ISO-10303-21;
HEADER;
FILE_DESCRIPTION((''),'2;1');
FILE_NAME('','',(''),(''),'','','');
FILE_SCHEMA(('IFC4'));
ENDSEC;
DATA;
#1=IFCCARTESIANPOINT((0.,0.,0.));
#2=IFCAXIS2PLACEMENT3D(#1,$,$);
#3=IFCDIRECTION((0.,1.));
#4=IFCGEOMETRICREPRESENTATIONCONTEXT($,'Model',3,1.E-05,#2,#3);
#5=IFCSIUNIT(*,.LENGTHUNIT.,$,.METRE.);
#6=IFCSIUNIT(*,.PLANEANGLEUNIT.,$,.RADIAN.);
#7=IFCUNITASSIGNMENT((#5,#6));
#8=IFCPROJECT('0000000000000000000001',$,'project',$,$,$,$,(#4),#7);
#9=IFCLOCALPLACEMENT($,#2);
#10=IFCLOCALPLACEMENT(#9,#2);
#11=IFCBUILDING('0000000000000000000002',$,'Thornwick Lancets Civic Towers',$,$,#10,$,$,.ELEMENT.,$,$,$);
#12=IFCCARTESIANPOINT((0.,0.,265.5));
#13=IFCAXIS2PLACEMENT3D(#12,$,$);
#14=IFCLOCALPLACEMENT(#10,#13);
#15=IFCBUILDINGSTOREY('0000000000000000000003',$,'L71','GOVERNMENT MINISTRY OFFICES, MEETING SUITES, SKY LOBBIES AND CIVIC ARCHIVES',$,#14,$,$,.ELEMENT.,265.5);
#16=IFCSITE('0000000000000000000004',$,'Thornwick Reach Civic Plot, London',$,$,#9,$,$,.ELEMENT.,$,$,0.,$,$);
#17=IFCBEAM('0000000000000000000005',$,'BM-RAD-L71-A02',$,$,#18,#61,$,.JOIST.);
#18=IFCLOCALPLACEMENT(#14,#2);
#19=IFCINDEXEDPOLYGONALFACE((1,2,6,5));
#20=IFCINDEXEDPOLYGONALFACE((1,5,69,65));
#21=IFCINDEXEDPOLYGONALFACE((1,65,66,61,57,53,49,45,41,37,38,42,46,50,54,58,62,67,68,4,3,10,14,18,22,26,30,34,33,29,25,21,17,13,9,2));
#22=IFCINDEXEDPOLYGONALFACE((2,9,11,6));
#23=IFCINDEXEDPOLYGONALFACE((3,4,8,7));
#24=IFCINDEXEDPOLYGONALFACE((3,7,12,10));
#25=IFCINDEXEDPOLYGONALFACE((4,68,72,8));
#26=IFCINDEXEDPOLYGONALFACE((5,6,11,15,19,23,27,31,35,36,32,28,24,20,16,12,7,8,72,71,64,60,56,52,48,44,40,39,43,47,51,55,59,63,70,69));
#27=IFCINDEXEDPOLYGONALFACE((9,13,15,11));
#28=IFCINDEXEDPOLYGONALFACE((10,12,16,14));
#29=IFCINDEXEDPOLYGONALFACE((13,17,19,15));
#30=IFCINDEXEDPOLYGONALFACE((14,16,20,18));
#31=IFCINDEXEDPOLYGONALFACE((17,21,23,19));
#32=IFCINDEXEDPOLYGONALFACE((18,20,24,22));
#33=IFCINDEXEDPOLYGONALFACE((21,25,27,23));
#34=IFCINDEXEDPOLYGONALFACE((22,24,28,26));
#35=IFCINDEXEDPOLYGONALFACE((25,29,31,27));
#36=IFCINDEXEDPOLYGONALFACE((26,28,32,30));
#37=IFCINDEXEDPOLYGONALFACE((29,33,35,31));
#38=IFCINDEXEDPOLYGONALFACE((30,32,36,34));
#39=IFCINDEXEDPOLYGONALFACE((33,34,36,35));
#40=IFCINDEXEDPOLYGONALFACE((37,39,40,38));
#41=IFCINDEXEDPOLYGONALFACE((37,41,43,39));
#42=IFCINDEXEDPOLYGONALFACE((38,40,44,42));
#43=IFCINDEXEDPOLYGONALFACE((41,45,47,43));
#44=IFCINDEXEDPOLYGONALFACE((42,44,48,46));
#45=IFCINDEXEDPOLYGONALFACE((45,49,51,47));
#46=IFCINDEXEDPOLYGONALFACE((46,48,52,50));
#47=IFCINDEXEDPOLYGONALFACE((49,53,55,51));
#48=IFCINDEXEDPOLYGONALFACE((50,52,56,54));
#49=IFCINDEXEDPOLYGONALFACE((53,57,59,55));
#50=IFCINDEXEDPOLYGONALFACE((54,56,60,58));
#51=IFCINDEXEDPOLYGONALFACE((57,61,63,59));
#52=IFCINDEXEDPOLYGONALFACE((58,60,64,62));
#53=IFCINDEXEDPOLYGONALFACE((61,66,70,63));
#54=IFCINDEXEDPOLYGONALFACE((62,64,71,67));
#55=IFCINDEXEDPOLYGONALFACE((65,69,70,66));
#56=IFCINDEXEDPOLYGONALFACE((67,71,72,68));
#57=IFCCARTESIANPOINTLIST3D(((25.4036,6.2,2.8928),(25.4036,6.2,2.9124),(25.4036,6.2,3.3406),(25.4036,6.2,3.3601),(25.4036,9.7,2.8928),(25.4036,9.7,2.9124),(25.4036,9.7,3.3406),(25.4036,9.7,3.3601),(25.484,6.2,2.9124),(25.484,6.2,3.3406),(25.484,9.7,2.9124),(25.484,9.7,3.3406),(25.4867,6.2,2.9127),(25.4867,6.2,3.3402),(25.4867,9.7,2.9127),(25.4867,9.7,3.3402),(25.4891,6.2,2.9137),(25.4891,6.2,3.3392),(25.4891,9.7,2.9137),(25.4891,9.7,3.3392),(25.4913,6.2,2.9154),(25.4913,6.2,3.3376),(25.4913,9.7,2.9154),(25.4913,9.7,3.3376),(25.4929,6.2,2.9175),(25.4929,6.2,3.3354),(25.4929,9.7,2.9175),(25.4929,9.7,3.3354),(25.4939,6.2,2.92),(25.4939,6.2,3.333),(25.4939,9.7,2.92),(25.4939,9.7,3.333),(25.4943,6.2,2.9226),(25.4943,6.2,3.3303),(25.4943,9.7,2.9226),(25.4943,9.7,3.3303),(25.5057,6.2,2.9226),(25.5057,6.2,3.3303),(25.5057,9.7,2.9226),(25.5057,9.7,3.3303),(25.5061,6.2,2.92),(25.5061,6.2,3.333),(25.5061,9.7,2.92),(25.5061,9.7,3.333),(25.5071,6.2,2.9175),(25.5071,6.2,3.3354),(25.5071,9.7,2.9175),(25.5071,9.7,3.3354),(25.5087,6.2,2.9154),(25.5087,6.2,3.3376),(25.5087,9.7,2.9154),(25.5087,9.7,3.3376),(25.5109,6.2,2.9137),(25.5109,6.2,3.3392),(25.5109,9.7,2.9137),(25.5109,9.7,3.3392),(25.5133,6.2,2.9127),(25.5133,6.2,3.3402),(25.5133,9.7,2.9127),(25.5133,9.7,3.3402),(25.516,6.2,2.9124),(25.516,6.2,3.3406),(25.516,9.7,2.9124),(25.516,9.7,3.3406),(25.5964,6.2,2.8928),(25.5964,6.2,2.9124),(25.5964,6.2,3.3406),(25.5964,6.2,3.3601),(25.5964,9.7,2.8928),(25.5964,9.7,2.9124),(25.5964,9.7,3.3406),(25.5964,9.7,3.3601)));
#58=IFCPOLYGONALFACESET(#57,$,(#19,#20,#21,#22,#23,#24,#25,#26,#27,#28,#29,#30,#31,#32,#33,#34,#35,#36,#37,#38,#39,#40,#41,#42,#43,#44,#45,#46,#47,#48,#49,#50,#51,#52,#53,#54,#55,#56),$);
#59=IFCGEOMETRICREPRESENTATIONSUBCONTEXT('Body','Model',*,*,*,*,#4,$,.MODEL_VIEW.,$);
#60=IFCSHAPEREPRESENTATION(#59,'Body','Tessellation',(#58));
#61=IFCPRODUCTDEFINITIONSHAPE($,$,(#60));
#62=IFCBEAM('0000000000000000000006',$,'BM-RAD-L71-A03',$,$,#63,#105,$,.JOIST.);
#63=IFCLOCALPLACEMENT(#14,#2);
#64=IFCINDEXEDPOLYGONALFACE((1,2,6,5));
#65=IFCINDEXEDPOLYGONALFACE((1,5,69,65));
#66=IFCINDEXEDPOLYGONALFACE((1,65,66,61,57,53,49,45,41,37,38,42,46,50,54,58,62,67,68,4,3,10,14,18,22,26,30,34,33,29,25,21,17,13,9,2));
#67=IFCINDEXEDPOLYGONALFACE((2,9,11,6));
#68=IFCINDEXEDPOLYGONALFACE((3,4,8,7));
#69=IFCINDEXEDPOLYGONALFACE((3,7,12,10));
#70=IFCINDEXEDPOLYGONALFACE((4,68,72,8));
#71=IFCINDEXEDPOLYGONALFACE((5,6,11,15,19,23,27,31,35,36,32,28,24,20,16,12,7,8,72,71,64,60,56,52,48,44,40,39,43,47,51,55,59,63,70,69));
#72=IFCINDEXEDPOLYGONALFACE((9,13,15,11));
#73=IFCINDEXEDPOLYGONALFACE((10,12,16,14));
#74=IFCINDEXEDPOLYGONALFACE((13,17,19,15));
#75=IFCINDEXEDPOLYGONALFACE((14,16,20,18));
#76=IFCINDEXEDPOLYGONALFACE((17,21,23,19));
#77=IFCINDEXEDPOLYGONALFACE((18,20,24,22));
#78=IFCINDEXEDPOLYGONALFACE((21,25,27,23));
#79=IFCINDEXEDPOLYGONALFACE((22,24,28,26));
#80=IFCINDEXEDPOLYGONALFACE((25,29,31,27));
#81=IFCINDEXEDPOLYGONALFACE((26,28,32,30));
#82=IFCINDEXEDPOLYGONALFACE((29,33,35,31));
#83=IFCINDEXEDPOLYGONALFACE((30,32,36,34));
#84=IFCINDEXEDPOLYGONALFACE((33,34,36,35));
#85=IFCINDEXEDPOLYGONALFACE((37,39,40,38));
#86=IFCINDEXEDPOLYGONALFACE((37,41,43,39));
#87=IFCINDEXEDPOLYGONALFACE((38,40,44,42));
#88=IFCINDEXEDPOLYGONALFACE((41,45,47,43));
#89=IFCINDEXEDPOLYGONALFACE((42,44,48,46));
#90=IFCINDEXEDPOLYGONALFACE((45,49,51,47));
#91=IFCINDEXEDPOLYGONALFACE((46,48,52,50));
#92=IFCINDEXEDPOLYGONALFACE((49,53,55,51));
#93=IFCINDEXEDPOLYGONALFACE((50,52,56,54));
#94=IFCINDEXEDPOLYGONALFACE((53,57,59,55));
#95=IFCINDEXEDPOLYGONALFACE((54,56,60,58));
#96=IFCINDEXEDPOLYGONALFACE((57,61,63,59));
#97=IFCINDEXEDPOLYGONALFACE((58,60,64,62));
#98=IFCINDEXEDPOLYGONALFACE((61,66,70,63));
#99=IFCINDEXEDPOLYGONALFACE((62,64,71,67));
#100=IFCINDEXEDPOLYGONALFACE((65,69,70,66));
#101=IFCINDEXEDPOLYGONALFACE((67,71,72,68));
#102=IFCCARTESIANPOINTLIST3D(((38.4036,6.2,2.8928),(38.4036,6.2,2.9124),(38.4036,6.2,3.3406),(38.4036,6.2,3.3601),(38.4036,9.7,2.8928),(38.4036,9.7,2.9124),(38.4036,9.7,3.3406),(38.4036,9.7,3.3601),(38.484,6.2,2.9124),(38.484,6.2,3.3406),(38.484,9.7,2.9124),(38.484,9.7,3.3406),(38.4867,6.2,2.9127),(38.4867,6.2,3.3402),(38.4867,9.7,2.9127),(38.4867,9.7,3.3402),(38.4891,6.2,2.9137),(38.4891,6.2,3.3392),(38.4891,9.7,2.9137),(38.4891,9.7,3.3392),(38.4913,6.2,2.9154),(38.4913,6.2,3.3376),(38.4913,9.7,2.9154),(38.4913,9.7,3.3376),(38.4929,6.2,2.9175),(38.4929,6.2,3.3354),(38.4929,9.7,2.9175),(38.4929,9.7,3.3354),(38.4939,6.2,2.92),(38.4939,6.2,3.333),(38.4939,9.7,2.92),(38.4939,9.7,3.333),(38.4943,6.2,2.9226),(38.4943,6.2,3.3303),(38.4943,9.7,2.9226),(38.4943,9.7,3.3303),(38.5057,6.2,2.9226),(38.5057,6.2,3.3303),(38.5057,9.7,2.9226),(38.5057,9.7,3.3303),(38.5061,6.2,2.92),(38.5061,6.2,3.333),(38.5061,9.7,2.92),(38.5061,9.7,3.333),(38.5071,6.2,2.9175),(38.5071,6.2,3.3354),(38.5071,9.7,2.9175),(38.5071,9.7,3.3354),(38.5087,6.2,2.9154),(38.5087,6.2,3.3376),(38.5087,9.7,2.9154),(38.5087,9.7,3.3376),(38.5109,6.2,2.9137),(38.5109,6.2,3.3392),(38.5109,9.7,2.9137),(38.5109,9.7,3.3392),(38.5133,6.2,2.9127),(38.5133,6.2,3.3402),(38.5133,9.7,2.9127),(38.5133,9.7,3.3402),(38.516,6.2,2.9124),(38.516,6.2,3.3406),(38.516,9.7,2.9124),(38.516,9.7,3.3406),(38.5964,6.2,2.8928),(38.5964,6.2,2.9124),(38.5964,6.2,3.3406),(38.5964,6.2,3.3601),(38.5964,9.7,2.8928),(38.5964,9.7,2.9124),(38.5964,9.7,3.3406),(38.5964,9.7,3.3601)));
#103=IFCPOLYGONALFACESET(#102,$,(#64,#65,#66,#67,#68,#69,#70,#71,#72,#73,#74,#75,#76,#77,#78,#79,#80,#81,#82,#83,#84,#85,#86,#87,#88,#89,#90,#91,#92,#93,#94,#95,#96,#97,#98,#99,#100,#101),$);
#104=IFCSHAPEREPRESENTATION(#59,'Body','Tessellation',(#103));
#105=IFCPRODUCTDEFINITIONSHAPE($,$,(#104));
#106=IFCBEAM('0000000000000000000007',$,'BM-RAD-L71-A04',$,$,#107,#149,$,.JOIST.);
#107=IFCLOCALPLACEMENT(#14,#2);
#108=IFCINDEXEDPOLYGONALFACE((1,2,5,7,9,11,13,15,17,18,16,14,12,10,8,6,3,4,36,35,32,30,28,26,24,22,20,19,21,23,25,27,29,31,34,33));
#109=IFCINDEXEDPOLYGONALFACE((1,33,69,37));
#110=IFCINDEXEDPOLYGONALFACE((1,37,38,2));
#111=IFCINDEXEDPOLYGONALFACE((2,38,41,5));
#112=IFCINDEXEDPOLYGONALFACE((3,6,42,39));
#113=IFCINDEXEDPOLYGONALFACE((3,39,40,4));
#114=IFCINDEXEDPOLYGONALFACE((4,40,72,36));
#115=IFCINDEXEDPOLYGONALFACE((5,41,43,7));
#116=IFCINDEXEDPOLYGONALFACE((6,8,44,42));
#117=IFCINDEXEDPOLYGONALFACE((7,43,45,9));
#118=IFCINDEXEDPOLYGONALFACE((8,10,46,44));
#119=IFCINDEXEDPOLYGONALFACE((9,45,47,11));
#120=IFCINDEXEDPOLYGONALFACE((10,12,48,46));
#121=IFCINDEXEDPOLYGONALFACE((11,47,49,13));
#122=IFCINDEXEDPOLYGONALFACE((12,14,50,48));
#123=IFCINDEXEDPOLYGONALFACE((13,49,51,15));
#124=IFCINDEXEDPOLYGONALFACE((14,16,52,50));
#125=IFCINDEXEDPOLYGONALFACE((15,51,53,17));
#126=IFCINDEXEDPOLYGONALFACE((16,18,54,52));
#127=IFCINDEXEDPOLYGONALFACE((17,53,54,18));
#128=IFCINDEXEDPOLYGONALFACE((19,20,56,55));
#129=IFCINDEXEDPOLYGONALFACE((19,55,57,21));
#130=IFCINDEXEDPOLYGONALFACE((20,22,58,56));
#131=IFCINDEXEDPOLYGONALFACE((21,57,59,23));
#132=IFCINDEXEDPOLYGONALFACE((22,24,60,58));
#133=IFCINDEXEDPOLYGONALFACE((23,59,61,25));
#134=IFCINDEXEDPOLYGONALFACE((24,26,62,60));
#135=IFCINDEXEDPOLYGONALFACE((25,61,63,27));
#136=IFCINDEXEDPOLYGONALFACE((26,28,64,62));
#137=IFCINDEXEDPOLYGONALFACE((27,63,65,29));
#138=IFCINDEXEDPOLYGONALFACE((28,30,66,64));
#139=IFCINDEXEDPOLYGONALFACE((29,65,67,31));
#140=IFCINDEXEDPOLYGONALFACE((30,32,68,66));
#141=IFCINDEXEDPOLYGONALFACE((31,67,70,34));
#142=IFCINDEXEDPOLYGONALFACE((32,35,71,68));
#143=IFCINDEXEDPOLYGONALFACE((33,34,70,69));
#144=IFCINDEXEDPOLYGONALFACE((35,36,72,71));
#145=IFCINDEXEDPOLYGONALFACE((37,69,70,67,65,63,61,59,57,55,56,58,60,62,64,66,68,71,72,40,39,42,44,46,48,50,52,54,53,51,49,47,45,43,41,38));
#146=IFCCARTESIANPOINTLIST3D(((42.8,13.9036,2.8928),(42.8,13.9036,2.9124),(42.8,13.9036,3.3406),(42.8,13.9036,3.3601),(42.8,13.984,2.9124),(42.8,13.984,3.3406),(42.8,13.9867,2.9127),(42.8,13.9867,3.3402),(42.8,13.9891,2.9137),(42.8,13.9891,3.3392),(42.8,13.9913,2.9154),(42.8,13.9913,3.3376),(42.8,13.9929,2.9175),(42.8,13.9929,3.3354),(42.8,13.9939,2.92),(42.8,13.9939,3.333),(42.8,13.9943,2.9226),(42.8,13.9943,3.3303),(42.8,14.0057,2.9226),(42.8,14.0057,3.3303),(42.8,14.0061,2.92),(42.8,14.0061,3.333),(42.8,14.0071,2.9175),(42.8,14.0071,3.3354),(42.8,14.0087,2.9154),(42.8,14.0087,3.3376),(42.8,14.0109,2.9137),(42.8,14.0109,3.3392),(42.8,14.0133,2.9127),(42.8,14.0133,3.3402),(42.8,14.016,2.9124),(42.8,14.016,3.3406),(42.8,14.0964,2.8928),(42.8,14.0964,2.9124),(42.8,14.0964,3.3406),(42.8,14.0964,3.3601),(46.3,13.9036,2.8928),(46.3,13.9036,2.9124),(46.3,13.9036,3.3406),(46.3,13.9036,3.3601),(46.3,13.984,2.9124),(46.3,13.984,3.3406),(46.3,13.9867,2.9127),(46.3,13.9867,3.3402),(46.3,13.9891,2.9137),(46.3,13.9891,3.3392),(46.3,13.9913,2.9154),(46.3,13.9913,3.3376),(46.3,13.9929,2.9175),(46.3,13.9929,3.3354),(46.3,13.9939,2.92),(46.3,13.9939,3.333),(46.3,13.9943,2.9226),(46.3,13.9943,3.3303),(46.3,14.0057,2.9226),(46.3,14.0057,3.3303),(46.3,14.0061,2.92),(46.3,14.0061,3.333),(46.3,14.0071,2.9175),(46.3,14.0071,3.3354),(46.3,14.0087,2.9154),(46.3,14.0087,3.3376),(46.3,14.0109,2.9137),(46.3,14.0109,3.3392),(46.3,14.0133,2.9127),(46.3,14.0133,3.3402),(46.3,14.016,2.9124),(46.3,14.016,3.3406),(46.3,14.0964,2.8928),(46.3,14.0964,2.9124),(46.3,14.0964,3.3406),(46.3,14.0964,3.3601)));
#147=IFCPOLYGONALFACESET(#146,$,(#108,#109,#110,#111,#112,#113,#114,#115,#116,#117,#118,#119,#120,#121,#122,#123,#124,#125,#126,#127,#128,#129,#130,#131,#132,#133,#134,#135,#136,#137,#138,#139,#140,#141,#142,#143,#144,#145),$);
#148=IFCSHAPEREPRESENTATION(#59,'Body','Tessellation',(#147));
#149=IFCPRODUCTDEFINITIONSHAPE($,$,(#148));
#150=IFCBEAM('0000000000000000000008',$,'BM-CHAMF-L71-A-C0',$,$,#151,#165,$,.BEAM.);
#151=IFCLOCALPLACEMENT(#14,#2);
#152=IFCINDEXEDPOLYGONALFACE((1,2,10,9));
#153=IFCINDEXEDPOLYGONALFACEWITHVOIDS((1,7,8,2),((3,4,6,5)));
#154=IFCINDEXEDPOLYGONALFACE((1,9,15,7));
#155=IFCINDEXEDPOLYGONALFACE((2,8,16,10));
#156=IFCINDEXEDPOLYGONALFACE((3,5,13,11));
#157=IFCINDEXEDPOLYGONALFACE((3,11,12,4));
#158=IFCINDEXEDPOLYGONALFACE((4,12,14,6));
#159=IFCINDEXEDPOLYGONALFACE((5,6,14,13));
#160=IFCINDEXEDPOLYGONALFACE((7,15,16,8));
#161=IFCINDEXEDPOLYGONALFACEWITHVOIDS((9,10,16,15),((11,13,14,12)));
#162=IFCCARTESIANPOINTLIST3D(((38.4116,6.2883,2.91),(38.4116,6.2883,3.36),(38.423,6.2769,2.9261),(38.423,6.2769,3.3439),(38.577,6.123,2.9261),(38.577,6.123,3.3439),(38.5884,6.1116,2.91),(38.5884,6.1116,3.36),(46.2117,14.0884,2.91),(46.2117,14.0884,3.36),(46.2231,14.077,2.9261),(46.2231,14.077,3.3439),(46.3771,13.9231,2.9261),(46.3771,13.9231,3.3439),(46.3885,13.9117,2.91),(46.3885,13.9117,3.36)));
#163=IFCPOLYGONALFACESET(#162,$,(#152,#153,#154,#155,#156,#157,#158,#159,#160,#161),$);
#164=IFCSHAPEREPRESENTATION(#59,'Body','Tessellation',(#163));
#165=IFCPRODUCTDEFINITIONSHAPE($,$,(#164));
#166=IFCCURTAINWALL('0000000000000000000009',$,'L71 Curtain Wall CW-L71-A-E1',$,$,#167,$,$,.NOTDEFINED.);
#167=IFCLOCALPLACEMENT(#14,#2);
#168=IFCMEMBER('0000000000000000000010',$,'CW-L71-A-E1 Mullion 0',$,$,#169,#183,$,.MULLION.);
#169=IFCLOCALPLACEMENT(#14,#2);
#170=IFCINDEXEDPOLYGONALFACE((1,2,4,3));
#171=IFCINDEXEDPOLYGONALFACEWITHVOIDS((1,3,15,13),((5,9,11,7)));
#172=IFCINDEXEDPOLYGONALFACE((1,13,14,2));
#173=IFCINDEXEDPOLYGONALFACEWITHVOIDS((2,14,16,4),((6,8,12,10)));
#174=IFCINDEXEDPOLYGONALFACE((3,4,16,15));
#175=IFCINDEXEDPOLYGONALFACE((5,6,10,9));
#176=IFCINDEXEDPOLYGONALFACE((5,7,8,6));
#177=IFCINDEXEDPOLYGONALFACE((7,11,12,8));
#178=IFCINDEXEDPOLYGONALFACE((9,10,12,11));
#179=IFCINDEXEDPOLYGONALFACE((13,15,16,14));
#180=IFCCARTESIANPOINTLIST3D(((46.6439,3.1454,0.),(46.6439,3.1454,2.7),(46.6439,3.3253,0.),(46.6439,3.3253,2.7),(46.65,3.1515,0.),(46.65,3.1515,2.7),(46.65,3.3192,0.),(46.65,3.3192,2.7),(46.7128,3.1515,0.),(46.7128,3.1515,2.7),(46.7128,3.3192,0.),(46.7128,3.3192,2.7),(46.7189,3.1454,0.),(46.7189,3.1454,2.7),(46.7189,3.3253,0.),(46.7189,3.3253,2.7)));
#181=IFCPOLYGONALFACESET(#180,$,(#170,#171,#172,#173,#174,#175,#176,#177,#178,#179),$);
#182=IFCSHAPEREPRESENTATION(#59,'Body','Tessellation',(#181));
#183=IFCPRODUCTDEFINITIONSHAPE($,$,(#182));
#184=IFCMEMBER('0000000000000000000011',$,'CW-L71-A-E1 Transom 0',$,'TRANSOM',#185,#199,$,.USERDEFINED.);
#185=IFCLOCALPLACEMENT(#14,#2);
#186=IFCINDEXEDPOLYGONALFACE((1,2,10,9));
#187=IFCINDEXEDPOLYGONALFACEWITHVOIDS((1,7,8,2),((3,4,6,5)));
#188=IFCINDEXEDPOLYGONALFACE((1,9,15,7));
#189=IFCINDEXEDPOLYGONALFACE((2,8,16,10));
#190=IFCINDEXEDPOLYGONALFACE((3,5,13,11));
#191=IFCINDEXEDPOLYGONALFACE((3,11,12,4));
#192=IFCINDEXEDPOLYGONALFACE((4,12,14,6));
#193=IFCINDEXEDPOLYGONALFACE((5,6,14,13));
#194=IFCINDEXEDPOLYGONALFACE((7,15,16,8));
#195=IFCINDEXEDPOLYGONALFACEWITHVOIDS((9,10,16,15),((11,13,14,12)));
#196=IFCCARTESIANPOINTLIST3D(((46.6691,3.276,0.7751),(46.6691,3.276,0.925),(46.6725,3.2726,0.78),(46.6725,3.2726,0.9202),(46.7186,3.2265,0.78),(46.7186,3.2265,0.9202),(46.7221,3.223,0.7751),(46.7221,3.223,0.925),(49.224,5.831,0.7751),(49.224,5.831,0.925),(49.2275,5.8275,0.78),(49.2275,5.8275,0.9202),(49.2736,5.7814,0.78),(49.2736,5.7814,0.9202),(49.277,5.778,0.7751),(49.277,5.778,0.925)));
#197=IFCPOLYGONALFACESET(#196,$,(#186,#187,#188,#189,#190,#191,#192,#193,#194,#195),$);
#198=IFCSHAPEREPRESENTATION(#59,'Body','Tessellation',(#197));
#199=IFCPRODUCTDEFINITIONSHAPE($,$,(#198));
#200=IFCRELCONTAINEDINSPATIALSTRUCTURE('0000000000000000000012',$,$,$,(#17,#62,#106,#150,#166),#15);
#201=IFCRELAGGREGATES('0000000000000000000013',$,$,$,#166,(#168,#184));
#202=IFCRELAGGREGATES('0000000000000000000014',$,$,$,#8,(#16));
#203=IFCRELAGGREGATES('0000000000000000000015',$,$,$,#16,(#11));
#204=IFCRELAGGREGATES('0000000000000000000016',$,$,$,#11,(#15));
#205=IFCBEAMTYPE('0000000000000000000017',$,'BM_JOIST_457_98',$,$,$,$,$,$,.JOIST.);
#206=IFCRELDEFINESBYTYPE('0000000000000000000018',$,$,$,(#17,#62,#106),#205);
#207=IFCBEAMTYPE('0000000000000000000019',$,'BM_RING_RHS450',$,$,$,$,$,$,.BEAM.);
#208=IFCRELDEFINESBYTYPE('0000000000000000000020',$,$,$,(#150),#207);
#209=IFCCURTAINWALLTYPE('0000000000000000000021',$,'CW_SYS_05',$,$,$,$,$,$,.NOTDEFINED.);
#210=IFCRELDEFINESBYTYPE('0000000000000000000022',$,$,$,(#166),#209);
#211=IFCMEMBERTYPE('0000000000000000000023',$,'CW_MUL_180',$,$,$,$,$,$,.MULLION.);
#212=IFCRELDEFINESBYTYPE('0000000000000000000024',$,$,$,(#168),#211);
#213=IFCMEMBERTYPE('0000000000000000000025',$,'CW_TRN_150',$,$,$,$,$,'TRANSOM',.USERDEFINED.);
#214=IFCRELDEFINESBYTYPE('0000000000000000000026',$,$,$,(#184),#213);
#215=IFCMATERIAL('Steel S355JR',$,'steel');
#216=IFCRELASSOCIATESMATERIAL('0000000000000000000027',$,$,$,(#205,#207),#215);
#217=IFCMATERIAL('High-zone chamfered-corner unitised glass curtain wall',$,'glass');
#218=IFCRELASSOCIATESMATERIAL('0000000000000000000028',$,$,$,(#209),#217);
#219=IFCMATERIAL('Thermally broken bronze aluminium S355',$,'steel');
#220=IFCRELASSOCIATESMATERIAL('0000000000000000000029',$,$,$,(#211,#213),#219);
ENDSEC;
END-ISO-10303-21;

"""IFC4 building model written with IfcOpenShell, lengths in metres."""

from ifc_helpers import new_model, si_unit, direction, frame, origin, origin_2d, place, context, subcontext, project, spatial, hollow_rectangle, i_section, extrude, material, material_profile, profile_set, type_object, element, aggregate, save


model = new_model("IFC4")

# Units and contexts
model_context = context("Model", 3, precision=1e-05, world=origin(), true_north=direction((0.0, 1.0)))
body_context = subcontext(model_context, "Body", "Model", "MODEL_VIEW")
ifc_project = project(units=[si_unit("LENGTHUNIT", "METRE"), si_unit("PLANEANGLEUNIT", "RADIAN")], contexts=[model_context])

# Site, building, storey
site_placement = place(None, origin())
site = spatial("IfcSite", under=ifc_project, at=site_placement, Name="Thornwick Reach Civic Plot, London", CompositionType="ELEMENT", RefElevation=0.0)
building_placement = place(site_placement, origin())
building = spatial("IfcBuilding", under=site, at=building_placement, Name="Thornwick Lancets Civic Towers", CompositionType="ELEMENT")
storey_placement = place(building_placement, frame((0.0, 0.0, 265.5)))
storey = spatial("IfcBuildingStorey", under=building, at=storey_placement, Name="L71", Description="GOVERNMENT MINISTRY OFFICES, MEETING SUITES, SKY LOBBIES AND CIVIC ARCHIVES", CompositionType="ELEMENT", Elevation=265.5)

# Shared definitions
ifc_material_1 = material(Name="Steel S355JR", Category="steel")

# Beams
ifc_material_profile_1 = material_profile(ifc_material_1, i_section(OverallWidth=0.1929, OverallDepth=0.4673, WebThickness=0.0115, FlangeThickness=0.0195, FilletRadius=0.0103, at=origin_2d()), Name="UKB 457x191x98")
ifc_profile_set_1 = profile_set([ifc_material_profile_1], Name="Steel S355JR")
beam_type_1 = type_object("IfcBeamType", Name="BM_JOIST_457_98", PredefinedType="JOIST", material=ifc_profile_set_1)
for number, where, z_axis, x_axis, name in (
    (1, (25.5, 9.7, 3.1265), (0.0, -1.0, 0.0), (1.0, 0.0, 0.0), "BM-RAD-L71-A02"),
    (2, (38.5, 9.7, 3.1265), (0.0, -1.0, 0.0), (1.0, 0.0, 0.0), "BM-RAD-L71-A03"),
    (3, (42.8, 14.0, 3.1265), (1.0, 0.0, 0.0), (0.0, 1.0, 0.0), "BM-RAD-L71-A04"),
):
    element("IfcBeam", number, at=place(storey_placement, frame(where, z_axis=z_axis, x_axis=x_axis)), inside=storey, type_object=beam_type_1, Name=name, PredefinedType="JOIST", context=body_context, shape_type="SweptSolid", body=[
        extrude(i_section(OverallWidth=0.1929, OverallDepth=0.4673, WebThickness=0.0115, FlangeThickness=0.0195, FilletRadius=0.0103, at=origin_2d()), origin(), (0.0, 0.0, 1.0), 3.5),
    ])
ifc_material_profile_2 = material_profile(ifc_material_1, hollow_rectangle(XDim=0.25, YDim=0.45, WallThickness=0.0161, at=origin_2d()), Name="RHS 450x250x16")
ifc_profile_set_2 = profile_set([ifc_material_profile_2], Name="Steel S355JR")
beam_type_2 = type_object("IfcBeamType", Name="BM_RING_RHS450", PredefinedType="BEAM", material=ifc_profile_set_2)
beam_1_placement = place(storey_placement, frame((38.5, 6.2, 3.135), z_axis=(0.707107, 0.707107, 0.0), x_axis=(-0.707107, 0.707107, 0.0)))
element("IfcBeam", 4, at=beam_1_placement, inside=storey, type_object=beam_type_2, Name="BM-CHAMF-L71-A-C0", PredefinedType="BEAM", context=body_context, shape_type="SweptSolid", body=[
    extrude(hollow_rectangle(XDim=0.25, YDim=0.45, WallThickness=0.0161, at=origin_2d()), origin(), (0.0, 0.0, 1.0), 11.031),
])

# Curtain wall, members
ifc_material_2 = material(Name="High-zone chamfered-corner unitised glass curtain wall", Category="glass")
curtain_wall_type = type_object("IfcCurtainWallType", Name="CW_SYS_05", PredefinedType="NOTDEFINED", material=ifc_material_2)
curtain_wall_placement = place(storey_placement, origin())
curtain_wall = element("IfcCurtainWall", 5, at=curtain_wall_placement, inside=storey, type_object=curtain_wall_type, Name="L71 Curtain Wall CW-L71-A-E1", PredefinedType="NOTDEFINED")
ifc_material_3 = material(Name="Thermally broken bronze aluminium S355", Category="steel")
ifc_material_profile_3 = material_profile(ifc_material_3, hollow_rectangle(XDim=0.075, YDim=0.1799, WallThickness=0.0061, at=origin_2d()), Name="RHS 180x75x6")
ifc_profile_set_3 = profile_set([ifc_material_profile_3], Name="Thermally broken bronze aluminium S355")
member_type_1 = type_object("IfcMemberType", Name="CW_MUL_180", PredefinedType="MULLION", material=ifc_profile_set_3)
member_1_placement = place(storey_placement, frame((46.6814, 3.2354, 0.0), z_axis=(0.0, 0.0, 1.0), x_axis=(1.0, 0.0, 0.0)))
member_1 = element("IfcMember", 6, at=member_1_placement, type_object=member_type_1, Name="CW-L71-A-E1 Mullion 0", PredefinedType="MULLION", context=body_context, shape_type="SweptSolid", body=[
    extrude(hollow_rectangle(XDim=0.075, YDim=0.1799, WallThickness=0.0061, at=origin_2d()), origin(), (0.0, 0.0, 1.0), 2.7),
])
ifc_material_profile_4 = material_profile(ifc_material_3, hollow_rectangle(XDim=0.075, YDim=0.1499, WallThickness=0.0049, at=origin_2d()), Name="RHS 150x75x5")
ifc_profile_set_4 = profile_set([ifc_material_profile_4], Name="Thermally broken bronze aluminium S355")
member_type_2 = type_object("IfcMemberType", Name="CW_TRN_150", ElementType="TRANSOM", PredefinedType="USERDEFINED", material=ifc_profile_set_4)
member_2_placement = place(storey_placement, frame((46.6956, 3.2495, 0.8501), z_axis=(0.707107, 0.707107, 0.0), x_axis=(-0.707107, 0.707107, 0.0)))
member_2 = element("IfcMember", 7, at=member_2_placement, type_object=member_type_2, Name="CW-L71-A-E1 Transom 0", ObjectType="TRANSOM", PredefinedType="USERDEFINED", context=body_context, shape_type="SweptSolid", body=[
    extrude(hollow_rectangle(XDim=0.075, YDim=0.1499, WallThickness=0.0049, at=origin_2d()), origin(), (0.0, 0.0, 1.0), 3.6133),
])
aggregate(curtain_wall, [member_1, member_2])

save(model, "model.ifc")
